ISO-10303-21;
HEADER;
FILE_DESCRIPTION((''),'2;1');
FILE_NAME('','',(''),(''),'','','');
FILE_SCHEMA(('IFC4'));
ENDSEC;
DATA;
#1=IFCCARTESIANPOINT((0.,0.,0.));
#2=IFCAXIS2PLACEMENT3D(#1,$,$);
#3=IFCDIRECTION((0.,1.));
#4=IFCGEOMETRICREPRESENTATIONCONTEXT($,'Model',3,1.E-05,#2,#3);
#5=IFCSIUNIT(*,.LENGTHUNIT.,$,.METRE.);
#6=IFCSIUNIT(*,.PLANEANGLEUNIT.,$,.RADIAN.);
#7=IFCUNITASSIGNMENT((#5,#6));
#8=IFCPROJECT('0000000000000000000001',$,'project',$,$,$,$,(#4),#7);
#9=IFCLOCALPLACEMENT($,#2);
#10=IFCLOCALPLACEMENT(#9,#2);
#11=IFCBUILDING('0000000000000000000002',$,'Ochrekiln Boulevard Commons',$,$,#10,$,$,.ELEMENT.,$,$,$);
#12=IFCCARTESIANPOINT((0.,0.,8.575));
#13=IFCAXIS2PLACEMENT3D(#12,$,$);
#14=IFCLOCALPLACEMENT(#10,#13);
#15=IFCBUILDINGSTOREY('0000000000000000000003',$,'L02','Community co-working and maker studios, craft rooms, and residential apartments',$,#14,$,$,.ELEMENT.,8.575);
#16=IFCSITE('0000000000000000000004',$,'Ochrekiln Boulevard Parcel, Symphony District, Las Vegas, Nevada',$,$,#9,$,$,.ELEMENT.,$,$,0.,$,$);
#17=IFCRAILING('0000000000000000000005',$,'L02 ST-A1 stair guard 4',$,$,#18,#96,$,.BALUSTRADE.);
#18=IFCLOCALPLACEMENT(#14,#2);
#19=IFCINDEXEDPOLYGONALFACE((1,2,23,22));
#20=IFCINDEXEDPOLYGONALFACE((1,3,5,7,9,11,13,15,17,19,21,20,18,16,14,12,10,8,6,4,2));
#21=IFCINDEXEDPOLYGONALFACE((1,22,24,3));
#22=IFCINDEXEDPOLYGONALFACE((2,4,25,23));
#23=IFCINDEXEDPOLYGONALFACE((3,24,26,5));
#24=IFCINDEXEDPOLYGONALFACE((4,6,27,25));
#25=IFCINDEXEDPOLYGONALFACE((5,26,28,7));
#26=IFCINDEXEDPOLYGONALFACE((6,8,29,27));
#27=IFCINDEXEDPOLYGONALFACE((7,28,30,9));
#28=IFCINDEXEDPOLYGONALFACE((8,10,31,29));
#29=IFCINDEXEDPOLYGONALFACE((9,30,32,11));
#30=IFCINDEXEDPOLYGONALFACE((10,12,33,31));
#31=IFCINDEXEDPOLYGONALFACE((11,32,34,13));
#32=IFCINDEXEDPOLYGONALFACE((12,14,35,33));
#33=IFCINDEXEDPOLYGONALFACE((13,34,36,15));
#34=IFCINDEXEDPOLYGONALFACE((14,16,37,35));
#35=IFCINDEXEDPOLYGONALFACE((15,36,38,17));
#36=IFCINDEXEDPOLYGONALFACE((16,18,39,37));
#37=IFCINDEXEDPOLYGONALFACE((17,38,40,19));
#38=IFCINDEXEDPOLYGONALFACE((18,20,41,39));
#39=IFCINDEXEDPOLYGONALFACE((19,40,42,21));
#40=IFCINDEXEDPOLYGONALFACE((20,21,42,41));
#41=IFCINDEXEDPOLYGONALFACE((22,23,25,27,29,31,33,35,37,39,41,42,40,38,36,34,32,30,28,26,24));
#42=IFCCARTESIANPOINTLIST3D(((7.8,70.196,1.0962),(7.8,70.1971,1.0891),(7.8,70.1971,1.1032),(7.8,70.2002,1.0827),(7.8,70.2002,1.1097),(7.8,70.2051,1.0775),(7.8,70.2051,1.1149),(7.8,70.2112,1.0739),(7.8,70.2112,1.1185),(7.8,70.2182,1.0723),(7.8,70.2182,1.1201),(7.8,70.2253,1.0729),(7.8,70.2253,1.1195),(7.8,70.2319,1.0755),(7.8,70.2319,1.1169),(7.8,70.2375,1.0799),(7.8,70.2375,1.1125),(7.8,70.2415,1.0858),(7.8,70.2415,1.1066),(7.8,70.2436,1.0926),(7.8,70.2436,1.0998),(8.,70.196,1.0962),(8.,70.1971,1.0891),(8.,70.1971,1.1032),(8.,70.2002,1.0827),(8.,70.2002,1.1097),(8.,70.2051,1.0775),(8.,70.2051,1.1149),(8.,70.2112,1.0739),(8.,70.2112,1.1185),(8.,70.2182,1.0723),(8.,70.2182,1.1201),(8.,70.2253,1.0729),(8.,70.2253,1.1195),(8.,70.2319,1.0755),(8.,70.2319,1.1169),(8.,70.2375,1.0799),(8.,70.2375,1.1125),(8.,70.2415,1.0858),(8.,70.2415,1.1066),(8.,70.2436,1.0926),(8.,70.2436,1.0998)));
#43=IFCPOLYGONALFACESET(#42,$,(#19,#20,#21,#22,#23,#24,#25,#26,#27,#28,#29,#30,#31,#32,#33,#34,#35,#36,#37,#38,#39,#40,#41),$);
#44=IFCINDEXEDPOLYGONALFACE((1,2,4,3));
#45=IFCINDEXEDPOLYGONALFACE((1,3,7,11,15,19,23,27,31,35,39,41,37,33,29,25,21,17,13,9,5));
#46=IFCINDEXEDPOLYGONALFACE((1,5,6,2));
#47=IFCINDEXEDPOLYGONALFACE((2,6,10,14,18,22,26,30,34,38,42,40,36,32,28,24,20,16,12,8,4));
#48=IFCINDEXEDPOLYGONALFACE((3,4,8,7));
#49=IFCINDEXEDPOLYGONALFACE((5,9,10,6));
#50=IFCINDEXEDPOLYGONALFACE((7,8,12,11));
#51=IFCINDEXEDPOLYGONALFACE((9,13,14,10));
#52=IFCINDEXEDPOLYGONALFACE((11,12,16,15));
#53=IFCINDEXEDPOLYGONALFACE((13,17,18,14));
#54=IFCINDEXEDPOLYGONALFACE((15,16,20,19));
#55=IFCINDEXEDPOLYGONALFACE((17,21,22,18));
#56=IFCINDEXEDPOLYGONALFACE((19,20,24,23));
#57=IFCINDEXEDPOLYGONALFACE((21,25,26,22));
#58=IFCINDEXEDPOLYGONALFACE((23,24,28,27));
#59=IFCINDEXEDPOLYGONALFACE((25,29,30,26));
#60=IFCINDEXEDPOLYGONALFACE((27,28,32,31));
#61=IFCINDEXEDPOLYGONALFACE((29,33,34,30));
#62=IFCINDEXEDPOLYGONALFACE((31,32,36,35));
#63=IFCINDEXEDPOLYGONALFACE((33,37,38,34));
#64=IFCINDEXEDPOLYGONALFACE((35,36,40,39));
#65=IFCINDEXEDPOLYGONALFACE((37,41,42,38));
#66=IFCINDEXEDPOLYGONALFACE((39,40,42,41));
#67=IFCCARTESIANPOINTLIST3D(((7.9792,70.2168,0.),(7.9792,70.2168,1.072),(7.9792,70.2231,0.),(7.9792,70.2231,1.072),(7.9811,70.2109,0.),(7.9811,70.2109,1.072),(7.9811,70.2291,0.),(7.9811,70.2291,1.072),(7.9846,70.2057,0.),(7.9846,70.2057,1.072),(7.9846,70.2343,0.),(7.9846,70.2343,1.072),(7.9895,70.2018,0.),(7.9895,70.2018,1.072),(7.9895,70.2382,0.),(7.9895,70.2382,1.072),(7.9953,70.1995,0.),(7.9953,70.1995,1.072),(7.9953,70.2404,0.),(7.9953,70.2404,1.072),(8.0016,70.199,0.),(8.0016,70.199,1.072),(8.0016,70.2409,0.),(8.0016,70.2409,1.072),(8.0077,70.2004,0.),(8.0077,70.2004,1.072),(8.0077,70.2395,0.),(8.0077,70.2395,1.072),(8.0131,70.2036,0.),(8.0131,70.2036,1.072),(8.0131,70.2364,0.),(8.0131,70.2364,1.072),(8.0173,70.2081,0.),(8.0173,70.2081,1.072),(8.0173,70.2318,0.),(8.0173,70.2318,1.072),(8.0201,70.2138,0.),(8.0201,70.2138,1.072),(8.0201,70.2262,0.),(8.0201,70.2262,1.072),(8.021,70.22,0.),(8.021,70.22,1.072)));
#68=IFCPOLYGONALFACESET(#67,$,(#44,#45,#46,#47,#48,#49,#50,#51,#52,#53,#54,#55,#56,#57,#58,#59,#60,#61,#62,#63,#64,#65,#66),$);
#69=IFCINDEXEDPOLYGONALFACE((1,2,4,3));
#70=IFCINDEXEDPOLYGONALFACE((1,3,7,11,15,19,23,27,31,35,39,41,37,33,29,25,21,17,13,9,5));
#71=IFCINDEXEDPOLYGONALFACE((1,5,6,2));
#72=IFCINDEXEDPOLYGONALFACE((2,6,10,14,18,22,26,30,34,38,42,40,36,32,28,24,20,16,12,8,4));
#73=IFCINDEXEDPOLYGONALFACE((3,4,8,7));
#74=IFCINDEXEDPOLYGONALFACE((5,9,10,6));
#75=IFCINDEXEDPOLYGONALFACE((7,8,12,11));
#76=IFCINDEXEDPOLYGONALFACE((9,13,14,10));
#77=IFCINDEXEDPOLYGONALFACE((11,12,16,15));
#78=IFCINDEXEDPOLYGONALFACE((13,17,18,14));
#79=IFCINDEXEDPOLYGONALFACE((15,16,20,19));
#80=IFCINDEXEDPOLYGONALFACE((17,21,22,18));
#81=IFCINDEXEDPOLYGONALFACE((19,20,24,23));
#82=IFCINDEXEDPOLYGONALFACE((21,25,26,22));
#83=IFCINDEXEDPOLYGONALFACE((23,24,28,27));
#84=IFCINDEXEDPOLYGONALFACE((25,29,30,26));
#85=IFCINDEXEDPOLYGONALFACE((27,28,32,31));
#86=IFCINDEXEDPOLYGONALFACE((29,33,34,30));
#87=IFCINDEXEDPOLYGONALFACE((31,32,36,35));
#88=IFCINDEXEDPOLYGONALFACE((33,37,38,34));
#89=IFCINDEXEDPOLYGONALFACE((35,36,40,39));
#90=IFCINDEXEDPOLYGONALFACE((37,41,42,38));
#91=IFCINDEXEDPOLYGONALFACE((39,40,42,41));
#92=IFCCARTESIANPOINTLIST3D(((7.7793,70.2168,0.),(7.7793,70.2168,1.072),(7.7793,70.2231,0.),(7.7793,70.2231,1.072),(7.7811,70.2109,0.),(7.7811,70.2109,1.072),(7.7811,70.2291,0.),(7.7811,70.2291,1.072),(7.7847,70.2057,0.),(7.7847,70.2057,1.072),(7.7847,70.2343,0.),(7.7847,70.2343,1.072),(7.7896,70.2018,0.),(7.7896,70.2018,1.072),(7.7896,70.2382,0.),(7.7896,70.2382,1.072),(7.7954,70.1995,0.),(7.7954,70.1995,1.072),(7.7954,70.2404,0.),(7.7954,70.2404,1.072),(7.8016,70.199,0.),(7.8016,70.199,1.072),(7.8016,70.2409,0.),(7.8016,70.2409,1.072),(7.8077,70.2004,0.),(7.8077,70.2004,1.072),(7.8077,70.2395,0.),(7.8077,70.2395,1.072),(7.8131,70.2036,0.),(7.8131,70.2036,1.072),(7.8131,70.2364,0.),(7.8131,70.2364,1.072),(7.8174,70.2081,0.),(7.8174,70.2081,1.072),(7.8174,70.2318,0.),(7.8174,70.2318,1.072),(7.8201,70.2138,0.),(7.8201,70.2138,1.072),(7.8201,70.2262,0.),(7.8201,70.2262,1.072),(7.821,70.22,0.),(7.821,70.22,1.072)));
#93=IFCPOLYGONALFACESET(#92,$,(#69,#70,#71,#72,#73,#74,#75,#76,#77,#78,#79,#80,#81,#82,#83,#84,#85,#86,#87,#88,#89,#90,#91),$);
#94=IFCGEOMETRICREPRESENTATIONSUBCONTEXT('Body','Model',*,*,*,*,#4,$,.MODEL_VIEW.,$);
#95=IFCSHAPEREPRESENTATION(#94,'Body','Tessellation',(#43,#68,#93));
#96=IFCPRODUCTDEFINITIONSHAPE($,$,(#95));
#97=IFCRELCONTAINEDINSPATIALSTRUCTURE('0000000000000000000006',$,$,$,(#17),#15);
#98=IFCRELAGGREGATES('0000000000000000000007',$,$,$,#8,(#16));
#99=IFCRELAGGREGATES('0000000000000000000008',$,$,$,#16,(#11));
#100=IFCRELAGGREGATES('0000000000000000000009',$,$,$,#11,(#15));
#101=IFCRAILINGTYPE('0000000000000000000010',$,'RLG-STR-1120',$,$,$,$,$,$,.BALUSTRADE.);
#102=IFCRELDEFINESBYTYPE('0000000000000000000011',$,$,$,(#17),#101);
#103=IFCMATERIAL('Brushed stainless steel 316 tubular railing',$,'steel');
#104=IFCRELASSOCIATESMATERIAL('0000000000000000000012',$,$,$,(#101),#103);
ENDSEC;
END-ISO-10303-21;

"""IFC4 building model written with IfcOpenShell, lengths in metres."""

from ifc_helpers import new_model, si_unit, direction, frame, origin, origin_2d, place, context, subcontext, project, spatial, circle, extrude, material, type_object, element, save


model = new_model("IFC4")

# Units and contexts
model_context = context("Model", 3, precision=1e-05, world=origin(), true_north=direction((0.0, 1.0)))
body_context = subcontext(model_context, "Body", "Model", "MODEL_VIEW")
ifc_project = project(units=[si_unit("LENGTHUNIT", "METRE"), si_unit("PLANEANGLEUNIT", "RADIAN")], contexts=[model_context])

# Site, building, storey
site_placement = place(None, origin())
site = spatial("IfcSite", under=ifc_project, at=site_placement, Name="Ochrekiln Boulevard Parcel, Symphony District, Las Vegas, Nevada", CompositionType="ELEMENT", RefElevation=0.0)
building_placement = place(site_placement, origin())
building = spatial("IfcBuilding", under=site, at=building_placement, Name="Ochrekiln Boulevard Commons", CompositionType="ELEMENT")
storey_placement = place(building_placement, frame((0.0, 0.0, 8.575)))
storey = spatial("IfcBuildingStorey", under=building, at=storey_placement, Name="L02", Description="Community co-working and maker studios, craft rooms, and residential apartments", CompositionType="ELEMENT", Elevation=8.575)

# Railing
ifc_material_1 = material(Name="Brushed stainless steel 316 tubular railing", Category="steel")
railing_type_1 = type_object("IfcRailingType", Name="RLG-STR-1120", PredefinedType="BALUSTRADE", material=ifc_material_1)
railing_1_placement = place(storey_placement, frame((8.0, 70.22, 0.0)))
element("IfcRailing", 1, at=railing_1_placement, inside=storey, type_object=railing_type_1, Name="L02 ST-A1 stair guard 4", PredefinedType="BALUSTRADE", context=body_context, shape_type="SweptSolid", body=[
    extrude(circle(Radius=0.0239, at=origin_2d()), frame((0.0, 0.0, 1.0962), z_axis=(-1.0, 0.0, 0.0), x_axis=(0.0, -1.0, 0.0)), (0.0, 0.0, 1.0), 0.2),
    extrude(circle(Radius=0.021, at=origin_2d()), origin(), (0.0, 0.0, 1.0), 1.072),
    extrude(circle(Radius=0.021, at=origin_2d()), frame((-0.2, 0.0, 0.0)), (0.0, 0.0, 1.0), 1.072),
])

save(model, "model.ifc")
